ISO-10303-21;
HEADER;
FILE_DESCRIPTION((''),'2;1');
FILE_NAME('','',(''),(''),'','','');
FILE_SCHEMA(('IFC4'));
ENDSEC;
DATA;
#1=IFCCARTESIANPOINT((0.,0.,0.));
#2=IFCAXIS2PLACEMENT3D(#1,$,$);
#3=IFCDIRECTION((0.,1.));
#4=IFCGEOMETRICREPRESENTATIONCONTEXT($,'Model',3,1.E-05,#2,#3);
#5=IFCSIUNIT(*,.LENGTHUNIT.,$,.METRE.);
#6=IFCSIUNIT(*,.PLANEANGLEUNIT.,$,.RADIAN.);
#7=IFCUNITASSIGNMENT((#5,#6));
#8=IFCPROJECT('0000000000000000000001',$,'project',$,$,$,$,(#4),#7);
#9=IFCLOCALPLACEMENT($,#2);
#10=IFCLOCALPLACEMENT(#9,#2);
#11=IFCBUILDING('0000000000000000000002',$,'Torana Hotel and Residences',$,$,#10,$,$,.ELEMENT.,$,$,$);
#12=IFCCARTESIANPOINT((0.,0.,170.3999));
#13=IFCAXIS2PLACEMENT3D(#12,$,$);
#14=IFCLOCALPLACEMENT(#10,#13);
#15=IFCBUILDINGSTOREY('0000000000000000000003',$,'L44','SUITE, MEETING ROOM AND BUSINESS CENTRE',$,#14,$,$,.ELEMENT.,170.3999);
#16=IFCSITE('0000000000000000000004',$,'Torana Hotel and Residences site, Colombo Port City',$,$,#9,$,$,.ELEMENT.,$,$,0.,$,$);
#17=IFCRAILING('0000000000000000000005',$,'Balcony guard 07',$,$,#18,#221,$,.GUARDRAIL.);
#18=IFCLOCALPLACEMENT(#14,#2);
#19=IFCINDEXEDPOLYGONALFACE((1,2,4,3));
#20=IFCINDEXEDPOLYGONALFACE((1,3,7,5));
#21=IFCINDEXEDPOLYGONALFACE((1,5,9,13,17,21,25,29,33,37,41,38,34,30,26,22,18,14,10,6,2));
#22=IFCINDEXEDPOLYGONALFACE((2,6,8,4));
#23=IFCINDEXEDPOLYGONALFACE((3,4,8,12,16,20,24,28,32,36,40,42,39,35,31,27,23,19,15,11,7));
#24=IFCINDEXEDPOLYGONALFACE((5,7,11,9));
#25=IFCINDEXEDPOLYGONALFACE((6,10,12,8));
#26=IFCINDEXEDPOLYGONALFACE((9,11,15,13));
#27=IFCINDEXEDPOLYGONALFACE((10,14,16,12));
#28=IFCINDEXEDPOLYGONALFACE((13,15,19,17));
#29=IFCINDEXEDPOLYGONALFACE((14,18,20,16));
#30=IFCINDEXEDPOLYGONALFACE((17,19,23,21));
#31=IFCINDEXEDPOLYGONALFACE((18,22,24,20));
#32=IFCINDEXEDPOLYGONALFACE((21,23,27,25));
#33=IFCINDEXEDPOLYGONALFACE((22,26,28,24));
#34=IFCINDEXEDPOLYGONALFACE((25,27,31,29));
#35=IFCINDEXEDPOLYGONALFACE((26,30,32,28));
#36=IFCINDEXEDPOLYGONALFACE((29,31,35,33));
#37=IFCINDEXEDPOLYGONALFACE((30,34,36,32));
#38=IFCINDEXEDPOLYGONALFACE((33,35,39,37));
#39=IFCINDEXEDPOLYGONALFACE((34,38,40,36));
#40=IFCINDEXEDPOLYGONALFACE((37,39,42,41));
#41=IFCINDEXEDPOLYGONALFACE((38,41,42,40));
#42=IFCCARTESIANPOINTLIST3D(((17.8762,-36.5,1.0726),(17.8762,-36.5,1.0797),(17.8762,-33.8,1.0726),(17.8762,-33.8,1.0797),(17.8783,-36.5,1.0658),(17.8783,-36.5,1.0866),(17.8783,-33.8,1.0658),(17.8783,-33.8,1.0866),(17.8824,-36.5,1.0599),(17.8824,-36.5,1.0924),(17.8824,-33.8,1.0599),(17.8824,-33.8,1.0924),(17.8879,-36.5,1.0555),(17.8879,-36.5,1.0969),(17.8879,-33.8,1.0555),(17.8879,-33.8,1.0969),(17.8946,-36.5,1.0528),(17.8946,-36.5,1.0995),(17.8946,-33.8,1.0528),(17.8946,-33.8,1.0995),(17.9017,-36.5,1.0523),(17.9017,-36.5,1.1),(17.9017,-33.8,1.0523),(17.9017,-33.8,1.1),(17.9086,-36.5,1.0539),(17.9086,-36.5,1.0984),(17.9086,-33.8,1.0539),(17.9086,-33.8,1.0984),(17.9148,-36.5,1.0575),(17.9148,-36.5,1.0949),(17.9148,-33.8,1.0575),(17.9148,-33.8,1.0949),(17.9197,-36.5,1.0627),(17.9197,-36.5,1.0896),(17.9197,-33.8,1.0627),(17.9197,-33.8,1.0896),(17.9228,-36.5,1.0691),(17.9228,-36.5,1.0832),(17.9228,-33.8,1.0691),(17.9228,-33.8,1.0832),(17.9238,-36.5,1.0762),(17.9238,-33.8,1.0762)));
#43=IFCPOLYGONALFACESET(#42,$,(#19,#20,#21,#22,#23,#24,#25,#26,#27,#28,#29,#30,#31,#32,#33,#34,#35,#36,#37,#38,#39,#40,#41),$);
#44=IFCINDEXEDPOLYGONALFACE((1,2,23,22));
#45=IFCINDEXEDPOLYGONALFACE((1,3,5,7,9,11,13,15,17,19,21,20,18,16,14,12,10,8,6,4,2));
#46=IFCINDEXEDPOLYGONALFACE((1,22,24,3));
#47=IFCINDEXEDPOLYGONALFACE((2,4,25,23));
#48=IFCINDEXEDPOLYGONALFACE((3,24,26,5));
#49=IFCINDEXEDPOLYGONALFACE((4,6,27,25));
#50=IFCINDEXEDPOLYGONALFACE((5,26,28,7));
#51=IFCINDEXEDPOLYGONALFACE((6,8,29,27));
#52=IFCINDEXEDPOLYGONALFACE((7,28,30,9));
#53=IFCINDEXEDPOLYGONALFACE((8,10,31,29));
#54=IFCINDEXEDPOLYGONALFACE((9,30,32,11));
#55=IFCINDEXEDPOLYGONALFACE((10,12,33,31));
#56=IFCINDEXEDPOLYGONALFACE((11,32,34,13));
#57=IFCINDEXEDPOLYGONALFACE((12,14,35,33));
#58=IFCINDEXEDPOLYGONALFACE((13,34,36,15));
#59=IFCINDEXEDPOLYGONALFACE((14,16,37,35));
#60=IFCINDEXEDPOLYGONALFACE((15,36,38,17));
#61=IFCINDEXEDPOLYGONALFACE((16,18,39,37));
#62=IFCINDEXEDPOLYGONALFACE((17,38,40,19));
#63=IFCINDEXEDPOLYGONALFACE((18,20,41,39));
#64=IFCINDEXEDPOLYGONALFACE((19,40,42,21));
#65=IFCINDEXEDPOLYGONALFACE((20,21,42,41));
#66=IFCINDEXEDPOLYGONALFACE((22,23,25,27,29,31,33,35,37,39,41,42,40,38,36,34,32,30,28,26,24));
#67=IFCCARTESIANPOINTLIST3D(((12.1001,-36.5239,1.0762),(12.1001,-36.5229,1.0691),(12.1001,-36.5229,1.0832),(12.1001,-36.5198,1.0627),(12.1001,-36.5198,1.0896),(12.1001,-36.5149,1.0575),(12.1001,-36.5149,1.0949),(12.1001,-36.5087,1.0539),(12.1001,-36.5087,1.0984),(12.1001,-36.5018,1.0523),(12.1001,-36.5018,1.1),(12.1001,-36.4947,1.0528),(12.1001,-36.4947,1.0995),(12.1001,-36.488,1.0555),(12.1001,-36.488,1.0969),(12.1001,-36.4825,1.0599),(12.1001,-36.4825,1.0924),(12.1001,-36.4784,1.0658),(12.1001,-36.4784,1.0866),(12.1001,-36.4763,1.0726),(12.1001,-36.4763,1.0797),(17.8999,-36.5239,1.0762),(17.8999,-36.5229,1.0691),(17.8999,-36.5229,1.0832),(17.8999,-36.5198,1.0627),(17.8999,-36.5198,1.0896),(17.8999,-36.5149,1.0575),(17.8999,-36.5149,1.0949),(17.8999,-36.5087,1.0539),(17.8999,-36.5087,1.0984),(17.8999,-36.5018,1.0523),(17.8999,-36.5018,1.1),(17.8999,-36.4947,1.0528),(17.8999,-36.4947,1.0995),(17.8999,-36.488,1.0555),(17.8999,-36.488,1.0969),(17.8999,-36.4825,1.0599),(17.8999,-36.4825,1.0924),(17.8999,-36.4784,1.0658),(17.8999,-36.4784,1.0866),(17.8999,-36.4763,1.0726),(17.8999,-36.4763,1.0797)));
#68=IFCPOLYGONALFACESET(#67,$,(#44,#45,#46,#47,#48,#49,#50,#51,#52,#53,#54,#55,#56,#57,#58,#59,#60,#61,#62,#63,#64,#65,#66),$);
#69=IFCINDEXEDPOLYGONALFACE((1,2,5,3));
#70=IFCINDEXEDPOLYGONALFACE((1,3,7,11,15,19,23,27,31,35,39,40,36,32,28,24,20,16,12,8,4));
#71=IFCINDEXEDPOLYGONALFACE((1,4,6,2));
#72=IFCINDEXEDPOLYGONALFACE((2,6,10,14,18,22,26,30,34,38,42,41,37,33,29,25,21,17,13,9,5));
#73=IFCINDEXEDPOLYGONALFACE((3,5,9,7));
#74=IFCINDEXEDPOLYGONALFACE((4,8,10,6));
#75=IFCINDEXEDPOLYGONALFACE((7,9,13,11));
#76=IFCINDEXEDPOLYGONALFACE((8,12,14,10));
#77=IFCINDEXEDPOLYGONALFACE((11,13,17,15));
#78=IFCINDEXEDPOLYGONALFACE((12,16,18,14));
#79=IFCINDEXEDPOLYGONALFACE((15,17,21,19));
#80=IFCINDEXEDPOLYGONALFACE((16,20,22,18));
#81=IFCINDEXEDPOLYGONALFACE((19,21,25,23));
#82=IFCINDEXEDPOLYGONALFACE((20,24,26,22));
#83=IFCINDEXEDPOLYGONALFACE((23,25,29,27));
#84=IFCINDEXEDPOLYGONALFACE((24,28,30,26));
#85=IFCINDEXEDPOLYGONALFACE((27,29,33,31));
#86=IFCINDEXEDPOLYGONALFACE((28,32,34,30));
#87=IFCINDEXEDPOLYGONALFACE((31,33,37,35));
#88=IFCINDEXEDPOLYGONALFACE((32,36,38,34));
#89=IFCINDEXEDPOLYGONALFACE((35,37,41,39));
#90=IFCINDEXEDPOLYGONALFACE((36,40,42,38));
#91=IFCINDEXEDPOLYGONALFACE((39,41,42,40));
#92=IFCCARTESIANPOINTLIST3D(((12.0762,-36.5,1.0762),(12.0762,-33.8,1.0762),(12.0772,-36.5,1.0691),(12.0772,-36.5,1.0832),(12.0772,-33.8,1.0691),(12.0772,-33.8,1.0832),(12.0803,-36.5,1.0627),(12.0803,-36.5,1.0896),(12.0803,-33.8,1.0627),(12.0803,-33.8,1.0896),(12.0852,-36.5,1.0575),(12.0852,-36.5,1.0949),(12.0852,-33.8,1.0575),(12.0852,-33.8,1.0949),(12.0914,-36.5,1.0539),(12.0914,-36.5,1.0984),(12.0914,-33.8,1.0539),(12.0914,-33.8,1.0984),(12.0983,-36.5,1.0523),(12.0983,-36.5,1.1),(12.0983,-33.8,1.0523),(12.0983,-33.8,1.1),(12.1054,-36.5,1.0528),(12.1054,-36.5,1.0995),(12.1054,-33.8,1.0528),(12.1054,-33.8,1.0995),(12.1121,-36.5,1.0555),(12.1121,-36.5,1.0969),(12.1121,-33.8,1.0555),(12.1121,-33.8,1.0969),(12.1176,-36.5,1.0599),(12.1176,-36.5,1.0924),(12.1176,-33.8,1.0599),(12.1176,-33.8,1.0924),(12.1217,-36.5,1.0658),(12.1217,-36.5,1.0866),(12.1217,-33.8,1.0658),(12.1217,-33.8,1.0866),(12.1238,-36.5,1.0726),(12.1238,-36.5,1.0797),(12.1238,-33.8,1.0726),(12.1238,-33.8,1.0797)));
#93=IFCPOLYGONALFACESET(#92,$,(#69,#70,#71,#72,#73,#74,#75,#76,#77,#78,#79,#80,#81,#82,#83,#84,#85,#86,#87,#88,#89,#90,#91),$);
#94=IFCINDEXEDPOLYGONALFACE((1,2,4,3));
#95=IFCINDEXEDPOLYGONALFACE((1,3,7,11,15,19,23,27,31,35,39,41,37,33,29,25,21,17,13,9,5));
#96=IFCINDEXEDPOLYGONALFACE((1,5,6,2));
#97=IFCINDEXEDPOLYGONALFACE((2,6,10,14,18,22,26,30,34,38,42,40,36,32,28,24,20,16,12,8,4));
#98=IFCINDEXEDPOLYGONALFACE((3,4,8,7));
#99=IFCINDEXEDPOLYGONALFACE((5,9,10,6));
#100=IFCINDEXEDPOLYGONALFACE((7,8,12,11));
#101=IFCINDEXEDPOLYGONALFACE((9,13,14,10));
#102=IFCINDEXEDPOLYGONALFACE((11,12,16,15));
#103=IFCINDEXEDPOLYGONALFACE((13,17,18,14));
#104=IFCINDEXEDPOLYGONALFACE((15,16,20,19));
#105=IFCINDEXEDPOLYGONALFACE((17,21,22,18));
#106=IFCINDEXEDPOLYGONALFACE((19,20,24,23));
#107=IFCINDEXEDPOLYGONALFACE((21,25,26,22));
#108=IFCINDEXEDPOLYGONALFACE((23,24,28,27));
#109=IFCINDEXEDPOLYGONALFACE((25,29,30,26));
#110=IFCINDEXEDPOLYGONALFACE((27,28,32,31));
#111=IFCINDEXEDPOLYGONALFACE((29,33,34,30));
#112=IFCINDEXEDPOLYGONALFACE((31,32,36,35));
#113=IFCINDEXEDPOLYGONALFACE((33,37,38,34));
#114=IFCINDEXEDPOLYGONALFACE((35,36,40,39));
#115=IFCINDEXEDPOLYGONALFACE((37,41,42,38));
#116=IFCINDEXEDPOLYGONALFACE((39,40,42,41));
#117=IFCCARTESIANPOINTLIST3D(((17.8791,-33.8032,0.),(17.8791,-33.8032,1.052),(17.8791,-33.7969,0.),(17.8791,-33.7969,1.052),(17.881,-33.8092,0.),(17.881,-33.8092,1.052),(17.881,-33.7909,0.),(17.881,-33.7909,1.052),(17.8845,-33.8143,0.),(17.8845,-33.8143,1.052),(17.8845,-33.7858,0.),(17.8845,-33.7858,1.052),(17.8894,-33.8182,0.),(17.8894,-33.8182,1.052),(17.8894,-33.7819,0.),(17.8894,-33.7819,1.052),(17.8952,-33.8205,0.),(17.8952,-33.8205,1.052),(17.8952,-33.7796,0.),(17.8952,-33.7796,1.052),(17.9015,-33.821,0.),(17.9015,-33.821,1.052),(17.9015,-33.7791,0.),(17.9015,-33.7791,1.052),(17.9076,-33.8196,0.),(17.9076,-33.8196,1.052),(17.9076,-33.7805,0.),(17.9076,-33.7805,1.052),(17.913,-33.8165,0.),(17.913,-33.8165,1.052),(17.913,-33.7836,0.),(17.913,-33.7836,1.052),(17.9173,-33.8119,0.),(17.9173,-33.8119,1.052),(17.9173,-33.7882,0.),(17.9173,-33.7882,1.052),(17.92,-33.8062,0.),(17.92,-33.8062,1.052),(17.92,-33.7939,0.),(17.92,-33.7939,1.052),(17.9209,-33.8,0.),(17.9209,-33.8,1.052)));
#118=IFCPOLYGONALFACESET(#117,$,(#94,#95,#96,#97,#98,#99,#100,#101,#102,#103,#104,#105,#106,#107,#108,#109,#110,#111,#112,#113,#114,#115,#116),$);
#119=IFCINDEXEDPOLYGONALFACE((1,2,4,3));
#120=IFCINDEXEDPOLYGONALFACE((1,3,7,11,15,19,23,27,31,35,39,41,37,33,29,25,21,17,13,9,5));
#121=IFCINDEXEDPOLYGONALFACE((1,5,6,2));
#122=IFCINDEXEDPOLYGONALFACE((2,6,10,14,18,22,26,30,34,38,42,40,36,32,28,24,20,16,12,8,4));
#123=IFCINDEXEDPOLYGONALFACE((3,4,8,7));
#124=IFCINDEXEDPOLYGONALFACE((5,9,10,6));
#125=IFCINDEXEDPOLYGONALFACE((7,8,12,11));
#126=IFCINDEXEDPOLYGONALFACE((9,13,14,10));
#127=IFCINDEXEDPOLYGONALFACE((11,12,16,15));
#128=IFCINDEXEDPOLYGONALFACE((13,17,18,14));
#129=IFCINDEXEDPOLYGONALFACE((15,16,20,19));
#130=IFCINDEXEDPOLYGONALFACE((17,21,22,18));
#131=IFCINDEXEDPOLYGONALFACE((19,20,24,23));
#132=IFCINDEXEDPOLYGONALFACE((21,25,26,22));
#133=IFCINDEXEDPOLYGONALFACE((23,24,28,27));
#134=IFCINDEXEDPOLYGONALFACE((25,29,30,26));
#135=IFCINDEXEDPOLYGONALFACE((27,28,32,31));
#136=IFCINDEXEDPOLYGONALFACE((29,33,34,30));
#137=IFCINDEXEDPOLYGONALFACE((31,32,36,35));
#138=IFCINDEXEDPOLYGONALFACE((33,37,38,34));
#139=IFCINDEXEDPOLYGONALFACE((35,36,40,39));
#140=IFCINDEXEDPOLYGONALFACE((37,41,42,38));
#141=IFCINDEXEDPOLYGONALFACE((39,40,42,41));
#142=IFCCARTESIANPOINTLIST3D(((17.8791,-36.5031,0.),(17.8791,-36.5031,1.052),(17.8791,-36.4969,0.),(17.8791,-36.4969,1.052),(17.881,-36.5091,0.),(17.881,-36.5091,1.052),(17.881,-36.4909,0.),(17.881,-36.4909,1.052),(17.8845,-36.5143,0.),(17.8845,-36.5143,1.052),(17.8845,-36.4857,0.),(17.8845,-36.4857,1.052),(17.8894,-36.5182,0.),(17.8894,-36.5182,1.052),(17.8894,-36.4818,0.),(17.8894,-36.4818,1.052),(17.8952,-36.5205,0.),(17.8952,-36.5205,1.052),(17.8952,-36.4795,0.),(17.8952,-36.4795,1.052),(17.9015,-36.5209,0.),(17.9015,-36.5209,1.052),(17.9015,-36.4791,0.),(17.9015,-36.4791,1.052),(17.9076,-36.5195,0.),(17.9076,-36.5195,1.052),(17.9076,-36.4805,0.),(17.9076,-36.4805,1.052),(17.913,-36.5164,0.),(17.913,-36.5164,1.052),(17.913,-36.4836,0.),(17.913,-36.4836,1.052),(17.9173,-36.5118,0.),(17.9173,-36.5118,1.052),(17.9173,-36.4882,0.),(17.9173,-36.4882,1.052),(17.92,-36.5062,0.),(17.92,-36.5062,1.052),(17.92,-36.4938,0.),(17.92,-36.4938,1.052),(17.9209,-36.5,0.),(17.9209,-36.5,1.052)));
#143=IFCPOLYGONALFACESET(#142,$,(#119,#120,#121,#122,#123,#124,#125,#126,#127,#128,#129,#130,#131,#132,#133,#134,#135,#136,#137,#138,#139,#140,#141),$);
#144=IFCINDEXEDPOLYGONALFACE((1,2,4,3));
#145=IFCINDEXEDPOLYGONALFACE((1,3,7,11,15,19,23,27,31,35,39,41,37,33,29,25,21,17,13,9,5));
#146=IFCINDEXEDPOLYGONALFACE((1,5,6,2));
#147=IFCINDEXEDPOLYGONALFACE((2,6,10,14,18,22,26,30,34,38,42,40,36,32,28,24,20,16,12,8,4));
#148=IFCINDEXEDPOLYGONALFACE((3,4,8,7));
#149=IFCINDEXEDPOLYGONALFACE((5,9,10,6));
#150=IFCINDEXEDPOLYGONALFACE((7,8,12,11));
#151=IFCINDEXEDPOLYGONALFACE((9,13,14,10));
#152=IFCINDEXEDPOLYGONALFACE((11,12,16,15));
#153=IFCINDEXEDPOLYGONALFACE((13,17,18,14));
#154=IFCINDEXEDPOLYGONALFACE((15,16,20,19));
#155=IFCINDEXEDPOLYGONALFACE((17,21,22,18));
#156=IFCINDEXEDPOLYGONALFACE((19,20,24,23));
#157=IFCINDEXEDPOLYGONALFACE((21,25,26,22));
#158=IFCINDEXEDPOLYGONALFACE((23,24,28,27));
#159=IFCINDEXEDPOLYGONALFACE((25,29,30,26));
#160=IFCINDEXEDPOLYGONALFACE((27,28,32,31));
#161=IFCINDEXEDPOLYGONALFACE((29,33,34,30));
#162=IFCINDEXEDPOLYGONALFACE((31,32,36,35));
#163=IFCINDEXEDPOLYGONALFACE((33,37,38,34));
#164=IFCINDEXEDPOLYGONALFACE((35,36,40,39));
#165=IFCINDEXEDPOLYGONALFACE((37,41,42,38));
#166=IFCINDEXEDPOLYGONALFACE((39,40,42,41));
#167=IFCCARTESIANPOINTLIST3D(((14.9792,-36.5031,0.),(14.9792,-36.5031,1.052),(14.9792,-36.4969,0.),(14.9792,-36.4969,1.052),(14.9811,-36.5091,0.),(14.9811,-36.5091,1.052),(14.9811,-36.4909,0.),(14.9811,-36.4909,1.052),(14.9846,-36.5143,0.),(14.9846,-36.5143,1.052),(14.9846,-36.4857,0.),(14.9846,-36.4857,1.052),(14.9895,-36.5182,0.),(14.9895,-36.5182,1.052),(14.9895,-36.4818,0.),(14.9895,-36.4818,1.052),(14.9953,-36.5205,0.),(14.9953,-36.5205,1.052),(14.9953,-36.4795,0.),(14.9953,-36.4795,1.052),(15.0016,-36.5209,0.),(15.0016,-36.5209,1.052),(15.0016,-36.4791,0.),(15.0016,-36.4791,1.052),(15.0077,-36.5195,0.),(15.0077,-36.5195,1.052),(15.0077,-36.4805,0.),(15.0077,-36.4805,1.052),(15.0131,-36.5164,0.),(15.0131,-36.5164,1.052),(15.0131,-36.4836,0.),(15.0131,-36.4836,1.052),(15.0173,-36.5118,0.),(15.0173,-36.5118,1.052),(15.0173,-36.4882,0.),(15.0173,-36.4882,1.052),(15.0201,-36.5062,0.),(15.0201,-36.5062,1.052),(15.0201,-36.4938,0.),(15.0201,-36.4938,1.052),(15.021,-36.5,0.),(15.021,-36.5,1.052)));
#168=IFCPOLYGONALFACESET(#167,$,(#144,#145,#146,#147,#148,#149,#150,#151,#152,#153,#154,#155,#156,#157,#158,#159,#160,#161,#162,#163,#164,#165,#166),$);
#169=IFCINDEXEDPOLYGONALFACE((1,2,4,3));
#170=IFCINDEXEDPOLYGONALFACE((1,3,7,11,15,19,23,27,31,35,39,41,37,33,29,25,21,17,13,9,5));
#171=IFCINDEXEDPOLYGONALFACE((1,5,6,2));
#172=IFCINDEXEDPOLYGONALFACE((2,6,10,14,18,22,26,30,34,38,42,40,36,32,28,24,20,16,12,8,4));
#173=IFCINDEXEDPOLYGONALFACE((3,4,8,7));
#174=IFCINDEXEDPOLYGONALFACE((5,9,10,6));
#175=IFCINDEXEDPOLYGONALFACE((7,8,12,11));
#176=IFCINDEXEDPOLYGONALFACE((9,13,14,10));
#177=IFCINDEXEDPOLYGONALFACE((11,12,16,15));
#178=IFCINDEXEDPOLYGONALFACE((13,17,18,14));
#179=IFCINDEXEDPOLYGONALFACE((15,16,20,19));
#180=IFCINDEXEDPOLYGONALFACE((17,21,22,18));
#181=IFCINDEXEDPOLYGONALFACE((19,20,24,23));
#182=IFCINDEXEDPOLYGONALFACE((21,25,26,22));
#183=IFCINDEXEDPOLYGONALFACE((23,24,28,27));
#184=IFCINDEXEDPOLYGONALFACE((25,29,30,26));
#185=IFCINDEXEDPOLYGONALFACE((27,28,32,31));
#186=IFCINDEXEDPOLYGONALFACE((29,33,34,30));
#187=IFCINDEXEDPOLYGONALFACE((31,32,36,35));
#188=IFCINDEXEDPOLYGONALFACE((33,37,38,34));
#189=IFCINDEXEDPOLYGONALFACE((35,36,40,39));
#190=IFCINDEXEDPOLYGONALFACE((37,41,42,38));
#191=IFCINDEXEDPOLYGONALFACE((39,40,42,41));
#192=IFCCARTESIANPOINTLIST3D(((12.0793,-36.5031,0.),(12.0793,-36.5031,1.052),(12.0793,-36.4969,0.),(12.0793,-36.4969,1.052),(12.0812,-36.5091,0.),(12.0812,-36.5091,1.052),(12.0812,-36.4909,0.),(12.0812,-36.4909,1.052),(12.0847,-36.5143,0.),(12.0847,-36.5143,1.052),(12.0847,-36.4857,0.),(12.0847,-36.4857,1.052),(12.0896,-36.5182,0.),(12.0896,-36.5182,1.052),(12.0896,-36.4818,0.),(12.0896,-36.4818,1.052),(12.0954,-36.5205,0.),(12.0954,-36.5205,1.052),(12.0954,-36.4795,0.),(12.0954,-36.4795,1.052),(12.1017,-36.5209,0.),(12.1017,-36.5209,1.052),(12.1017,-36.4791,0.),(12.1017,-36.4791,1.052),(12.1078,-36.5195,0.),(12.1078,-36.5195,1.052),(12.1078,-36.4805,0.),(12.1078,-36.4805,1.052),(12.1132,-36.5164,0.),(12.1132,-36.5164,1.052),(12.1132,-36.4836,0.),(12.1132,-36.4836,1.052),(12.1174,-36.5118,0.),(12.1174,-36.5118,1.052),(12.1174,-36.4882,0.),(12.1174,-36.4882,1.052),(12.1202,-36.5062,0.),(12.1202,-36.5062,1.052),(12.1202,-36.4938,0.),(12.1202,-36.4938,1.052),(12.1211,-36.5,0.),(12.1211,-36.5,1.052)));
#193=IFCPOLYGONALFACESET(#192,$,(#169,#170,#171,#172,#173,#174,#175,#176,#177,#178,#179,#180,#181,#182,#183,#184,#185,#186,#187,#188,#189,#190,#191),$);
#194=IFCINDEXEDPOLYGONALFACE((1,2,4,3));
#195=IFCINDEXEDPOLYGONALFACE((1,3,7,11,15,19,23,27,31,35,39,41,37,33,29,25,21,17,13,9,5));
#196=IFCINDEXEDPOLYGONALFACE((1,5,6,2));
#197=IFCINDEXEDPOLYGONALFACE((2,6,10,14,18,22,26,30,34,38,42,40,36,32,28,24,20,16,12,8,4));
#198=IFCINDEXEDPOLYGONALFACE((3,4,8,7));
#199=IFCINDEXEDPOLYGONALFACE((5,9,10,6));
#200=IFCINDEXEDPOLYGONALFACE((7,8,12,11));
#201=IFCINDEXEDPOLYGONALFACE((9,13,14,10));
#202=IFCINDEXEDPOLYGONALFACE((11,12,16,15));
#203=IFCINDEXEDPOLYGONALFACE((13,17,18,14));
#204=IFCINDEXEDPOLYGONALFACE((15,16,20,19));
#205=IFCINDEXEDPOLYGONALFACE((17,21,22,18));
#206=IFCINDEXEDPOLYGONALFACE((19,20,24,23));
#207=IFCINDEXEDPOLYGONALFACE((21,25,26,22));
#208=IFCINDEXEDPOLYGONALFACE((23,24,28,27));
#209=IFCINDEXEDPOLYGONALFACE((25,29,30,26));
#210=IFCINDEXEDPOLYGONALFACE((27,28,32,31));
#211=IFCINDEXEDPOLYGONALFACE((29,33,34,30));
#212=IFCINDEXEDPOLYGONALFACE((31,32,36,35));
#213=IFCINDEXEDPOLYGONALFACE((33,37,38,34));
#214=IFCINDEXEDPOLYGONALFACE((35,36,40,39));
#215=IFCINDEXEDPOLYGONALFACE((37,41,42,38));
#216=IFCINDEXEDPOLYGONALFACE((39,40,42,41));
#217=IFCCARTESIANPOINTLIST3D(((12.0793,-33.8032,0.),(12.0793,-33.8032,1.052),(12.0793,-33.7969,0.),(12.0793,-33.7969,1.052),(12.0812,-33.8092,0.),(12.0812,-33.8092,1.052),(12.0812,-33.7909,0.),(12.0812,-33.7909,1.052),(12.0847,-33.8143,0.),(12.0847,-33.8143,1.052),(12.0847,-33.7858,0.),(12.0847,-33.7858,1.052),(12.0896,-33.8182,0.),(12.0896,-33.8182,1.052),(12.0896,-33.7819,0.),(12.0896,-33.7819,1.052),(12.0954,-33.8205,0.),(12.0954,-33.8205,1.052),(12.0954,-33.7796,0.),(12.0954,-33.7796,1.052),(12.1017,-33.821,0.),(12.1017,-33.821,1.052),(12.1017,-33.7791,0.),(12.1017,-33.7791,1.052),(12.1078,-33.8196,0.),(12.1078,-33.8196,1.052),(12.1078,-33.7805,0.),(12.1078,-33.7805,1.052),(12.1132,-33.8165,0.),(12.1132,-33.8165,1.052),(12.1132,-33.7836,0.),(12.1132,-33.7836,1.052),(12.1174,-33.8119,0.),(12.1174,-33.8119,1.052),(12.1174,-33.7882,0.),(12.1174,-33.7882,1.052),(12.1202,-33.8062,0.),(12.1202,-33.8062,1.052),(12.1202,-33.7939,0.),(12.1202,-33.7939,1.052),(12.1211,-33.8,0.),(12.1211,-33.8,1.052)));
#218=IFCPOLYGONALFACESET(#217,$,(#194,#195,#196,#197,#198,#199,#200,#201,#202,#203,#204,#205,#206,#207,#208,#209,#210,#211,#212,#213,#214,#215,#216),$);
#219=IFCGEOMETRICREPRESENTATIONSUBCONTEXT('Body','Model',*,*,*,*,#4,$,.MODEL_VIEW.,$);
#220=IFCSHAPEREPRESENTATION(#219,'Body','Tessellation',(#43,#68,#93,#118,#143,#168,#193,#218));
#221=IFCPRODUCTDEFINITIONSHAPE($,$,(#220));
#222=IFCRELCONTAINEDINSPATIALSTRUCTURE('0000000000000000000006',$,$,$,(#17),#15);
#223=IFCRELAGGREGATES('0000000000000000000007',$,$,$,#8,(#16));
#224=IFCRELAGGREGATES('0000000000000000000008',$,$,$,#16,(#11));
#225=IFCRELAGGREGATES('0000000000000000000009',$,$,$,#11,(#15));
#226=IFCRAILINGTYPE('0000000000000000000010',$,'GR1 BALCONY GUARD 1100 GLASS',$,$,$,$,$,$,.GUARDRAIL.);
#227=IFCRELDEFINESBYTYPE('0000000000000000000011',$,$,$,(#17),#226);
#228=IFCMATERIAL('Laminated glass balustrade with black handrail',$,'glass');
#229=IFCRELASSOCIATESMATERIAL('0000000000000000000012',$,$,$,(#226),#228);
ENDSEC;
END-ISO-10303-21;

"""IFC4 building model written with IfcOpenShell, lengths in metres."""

from ifc_helpers import new_model, si_unit, direction, frame, origin, origin_2d, place, context, subcontext, project, spatial, circle, extrude, material, type_object, element, save


model = new_model("IFC4")

# Units and contexts
model_context = context("Model", 3, precision=1e-05, world=origin(), true_north=direction((0.0, 1.0)))
body_context = subcontext(model_context, "Body", "Model", "MODEL_VIEW")
ifc_project = project(units=[si_unit("LENGTHUNIT", "METRE"), si_unit("PLANEANGLEUNIT", "RADIAN")], contexts=[model_context])

# Site, building, storey
site_placement = place(None, origin())
site = spatial("IfcSite", under=ifc_project, at=site_placement, Name="Torana Hotel and Residences site, Colombo Port City", CompositionType="ELEMENT", RefElevation=0.0)
building_placement = place(site_placement, origin())
building = spatial("IfcBuilding", under=site, at=building_placement, Name="Torana Hotel and Residences", CompositionType="ELEMENT")
storey_placement = place(building_placement, frame((0.0, 0.0, 170.3999)))
storey = spatial("IfcBuildingStorey", under=building, at=storey_placement, Name="L44", Description="SUITE, MEETING ROOM AND BUSINESS CENTRE", CompositionType="ELEMENT", Elevation=170.3999)

# Railing
ifc_material_1 = material(Name="Laminated glass balustrade with black handrail", Category="glass")
railing_type = type_object("IfcRailingType", Name="GR1 BALCONY GUARD 1100 GLASS", PredefinedType="GUARDRAIL", material=ifc_material_1)
railing_1_placement = place(storey_placement, frame((17.8999, -33.8, 0.0)))
element("IfcRailing", 1, at=railing_1_placement, inside=storey, type_object=railing_type, Name="Balcony guard 07", PredefinedType="GUARDRAIL", context=body_context, shape_type="SweptSolid", body=[
    extrude(circle(Radius=0.0239, at=origin_2d()), frame((0.0, 0.0, 1.0762), z_axis=(0.0, -1.0, 0.0), x_axis=(1.0, 0.0, 0.0)), (0.0, 0.0, 1.0), 2.7),
    extrude(circle(Radius=0.0239, at=origin_2d()), frame((0.0, -2.7, 1.0762), z_axis=(-1.0, 0.0, 0.0), x_axis=(0.0, -1.0, 0.0)), (0.0, 0.0, 1.0), 5.7998),
    extrude(circle(Radius=0.0239, at=origin_2d()), frame((-5.7998, -2.7, 1.0762), z_axis=(0.0, 1.0, 0.0), x_axis=(-1.0, 0.0, 0.0)), (0.0, 0.0, 1.0), 2.7),
    extrude(circle(Radius=0.021, at=origin_2d()), origin(), (0.0, 0.0, 1.0), 1.052),
    extrude(circle(Radius=0.021, at=origin_2d()), frame((0.0, -2.7, 0.0)), (0.0, 0.0, 1.0), 1.052),
    extrude(circle(Radius=0.021, at=origin_2d()), frame((-2.8999, -2.7, 0.0)), (0.0, 0.0, 1.0), 1.052),
    extrude(circle(Radius=0.021, at=origin_2d()), frame((-5.7998, -2.7, 0.0)), (0.0, 0.0, 1.0), 1.052),
    extrude(circle(Radius=0.021, at=origin_2d()), frame((-5.7998, 0.0, 0.0)), (0.0, 0.0, 1.0), 1.052),
])

save(model, "model.ifc")
